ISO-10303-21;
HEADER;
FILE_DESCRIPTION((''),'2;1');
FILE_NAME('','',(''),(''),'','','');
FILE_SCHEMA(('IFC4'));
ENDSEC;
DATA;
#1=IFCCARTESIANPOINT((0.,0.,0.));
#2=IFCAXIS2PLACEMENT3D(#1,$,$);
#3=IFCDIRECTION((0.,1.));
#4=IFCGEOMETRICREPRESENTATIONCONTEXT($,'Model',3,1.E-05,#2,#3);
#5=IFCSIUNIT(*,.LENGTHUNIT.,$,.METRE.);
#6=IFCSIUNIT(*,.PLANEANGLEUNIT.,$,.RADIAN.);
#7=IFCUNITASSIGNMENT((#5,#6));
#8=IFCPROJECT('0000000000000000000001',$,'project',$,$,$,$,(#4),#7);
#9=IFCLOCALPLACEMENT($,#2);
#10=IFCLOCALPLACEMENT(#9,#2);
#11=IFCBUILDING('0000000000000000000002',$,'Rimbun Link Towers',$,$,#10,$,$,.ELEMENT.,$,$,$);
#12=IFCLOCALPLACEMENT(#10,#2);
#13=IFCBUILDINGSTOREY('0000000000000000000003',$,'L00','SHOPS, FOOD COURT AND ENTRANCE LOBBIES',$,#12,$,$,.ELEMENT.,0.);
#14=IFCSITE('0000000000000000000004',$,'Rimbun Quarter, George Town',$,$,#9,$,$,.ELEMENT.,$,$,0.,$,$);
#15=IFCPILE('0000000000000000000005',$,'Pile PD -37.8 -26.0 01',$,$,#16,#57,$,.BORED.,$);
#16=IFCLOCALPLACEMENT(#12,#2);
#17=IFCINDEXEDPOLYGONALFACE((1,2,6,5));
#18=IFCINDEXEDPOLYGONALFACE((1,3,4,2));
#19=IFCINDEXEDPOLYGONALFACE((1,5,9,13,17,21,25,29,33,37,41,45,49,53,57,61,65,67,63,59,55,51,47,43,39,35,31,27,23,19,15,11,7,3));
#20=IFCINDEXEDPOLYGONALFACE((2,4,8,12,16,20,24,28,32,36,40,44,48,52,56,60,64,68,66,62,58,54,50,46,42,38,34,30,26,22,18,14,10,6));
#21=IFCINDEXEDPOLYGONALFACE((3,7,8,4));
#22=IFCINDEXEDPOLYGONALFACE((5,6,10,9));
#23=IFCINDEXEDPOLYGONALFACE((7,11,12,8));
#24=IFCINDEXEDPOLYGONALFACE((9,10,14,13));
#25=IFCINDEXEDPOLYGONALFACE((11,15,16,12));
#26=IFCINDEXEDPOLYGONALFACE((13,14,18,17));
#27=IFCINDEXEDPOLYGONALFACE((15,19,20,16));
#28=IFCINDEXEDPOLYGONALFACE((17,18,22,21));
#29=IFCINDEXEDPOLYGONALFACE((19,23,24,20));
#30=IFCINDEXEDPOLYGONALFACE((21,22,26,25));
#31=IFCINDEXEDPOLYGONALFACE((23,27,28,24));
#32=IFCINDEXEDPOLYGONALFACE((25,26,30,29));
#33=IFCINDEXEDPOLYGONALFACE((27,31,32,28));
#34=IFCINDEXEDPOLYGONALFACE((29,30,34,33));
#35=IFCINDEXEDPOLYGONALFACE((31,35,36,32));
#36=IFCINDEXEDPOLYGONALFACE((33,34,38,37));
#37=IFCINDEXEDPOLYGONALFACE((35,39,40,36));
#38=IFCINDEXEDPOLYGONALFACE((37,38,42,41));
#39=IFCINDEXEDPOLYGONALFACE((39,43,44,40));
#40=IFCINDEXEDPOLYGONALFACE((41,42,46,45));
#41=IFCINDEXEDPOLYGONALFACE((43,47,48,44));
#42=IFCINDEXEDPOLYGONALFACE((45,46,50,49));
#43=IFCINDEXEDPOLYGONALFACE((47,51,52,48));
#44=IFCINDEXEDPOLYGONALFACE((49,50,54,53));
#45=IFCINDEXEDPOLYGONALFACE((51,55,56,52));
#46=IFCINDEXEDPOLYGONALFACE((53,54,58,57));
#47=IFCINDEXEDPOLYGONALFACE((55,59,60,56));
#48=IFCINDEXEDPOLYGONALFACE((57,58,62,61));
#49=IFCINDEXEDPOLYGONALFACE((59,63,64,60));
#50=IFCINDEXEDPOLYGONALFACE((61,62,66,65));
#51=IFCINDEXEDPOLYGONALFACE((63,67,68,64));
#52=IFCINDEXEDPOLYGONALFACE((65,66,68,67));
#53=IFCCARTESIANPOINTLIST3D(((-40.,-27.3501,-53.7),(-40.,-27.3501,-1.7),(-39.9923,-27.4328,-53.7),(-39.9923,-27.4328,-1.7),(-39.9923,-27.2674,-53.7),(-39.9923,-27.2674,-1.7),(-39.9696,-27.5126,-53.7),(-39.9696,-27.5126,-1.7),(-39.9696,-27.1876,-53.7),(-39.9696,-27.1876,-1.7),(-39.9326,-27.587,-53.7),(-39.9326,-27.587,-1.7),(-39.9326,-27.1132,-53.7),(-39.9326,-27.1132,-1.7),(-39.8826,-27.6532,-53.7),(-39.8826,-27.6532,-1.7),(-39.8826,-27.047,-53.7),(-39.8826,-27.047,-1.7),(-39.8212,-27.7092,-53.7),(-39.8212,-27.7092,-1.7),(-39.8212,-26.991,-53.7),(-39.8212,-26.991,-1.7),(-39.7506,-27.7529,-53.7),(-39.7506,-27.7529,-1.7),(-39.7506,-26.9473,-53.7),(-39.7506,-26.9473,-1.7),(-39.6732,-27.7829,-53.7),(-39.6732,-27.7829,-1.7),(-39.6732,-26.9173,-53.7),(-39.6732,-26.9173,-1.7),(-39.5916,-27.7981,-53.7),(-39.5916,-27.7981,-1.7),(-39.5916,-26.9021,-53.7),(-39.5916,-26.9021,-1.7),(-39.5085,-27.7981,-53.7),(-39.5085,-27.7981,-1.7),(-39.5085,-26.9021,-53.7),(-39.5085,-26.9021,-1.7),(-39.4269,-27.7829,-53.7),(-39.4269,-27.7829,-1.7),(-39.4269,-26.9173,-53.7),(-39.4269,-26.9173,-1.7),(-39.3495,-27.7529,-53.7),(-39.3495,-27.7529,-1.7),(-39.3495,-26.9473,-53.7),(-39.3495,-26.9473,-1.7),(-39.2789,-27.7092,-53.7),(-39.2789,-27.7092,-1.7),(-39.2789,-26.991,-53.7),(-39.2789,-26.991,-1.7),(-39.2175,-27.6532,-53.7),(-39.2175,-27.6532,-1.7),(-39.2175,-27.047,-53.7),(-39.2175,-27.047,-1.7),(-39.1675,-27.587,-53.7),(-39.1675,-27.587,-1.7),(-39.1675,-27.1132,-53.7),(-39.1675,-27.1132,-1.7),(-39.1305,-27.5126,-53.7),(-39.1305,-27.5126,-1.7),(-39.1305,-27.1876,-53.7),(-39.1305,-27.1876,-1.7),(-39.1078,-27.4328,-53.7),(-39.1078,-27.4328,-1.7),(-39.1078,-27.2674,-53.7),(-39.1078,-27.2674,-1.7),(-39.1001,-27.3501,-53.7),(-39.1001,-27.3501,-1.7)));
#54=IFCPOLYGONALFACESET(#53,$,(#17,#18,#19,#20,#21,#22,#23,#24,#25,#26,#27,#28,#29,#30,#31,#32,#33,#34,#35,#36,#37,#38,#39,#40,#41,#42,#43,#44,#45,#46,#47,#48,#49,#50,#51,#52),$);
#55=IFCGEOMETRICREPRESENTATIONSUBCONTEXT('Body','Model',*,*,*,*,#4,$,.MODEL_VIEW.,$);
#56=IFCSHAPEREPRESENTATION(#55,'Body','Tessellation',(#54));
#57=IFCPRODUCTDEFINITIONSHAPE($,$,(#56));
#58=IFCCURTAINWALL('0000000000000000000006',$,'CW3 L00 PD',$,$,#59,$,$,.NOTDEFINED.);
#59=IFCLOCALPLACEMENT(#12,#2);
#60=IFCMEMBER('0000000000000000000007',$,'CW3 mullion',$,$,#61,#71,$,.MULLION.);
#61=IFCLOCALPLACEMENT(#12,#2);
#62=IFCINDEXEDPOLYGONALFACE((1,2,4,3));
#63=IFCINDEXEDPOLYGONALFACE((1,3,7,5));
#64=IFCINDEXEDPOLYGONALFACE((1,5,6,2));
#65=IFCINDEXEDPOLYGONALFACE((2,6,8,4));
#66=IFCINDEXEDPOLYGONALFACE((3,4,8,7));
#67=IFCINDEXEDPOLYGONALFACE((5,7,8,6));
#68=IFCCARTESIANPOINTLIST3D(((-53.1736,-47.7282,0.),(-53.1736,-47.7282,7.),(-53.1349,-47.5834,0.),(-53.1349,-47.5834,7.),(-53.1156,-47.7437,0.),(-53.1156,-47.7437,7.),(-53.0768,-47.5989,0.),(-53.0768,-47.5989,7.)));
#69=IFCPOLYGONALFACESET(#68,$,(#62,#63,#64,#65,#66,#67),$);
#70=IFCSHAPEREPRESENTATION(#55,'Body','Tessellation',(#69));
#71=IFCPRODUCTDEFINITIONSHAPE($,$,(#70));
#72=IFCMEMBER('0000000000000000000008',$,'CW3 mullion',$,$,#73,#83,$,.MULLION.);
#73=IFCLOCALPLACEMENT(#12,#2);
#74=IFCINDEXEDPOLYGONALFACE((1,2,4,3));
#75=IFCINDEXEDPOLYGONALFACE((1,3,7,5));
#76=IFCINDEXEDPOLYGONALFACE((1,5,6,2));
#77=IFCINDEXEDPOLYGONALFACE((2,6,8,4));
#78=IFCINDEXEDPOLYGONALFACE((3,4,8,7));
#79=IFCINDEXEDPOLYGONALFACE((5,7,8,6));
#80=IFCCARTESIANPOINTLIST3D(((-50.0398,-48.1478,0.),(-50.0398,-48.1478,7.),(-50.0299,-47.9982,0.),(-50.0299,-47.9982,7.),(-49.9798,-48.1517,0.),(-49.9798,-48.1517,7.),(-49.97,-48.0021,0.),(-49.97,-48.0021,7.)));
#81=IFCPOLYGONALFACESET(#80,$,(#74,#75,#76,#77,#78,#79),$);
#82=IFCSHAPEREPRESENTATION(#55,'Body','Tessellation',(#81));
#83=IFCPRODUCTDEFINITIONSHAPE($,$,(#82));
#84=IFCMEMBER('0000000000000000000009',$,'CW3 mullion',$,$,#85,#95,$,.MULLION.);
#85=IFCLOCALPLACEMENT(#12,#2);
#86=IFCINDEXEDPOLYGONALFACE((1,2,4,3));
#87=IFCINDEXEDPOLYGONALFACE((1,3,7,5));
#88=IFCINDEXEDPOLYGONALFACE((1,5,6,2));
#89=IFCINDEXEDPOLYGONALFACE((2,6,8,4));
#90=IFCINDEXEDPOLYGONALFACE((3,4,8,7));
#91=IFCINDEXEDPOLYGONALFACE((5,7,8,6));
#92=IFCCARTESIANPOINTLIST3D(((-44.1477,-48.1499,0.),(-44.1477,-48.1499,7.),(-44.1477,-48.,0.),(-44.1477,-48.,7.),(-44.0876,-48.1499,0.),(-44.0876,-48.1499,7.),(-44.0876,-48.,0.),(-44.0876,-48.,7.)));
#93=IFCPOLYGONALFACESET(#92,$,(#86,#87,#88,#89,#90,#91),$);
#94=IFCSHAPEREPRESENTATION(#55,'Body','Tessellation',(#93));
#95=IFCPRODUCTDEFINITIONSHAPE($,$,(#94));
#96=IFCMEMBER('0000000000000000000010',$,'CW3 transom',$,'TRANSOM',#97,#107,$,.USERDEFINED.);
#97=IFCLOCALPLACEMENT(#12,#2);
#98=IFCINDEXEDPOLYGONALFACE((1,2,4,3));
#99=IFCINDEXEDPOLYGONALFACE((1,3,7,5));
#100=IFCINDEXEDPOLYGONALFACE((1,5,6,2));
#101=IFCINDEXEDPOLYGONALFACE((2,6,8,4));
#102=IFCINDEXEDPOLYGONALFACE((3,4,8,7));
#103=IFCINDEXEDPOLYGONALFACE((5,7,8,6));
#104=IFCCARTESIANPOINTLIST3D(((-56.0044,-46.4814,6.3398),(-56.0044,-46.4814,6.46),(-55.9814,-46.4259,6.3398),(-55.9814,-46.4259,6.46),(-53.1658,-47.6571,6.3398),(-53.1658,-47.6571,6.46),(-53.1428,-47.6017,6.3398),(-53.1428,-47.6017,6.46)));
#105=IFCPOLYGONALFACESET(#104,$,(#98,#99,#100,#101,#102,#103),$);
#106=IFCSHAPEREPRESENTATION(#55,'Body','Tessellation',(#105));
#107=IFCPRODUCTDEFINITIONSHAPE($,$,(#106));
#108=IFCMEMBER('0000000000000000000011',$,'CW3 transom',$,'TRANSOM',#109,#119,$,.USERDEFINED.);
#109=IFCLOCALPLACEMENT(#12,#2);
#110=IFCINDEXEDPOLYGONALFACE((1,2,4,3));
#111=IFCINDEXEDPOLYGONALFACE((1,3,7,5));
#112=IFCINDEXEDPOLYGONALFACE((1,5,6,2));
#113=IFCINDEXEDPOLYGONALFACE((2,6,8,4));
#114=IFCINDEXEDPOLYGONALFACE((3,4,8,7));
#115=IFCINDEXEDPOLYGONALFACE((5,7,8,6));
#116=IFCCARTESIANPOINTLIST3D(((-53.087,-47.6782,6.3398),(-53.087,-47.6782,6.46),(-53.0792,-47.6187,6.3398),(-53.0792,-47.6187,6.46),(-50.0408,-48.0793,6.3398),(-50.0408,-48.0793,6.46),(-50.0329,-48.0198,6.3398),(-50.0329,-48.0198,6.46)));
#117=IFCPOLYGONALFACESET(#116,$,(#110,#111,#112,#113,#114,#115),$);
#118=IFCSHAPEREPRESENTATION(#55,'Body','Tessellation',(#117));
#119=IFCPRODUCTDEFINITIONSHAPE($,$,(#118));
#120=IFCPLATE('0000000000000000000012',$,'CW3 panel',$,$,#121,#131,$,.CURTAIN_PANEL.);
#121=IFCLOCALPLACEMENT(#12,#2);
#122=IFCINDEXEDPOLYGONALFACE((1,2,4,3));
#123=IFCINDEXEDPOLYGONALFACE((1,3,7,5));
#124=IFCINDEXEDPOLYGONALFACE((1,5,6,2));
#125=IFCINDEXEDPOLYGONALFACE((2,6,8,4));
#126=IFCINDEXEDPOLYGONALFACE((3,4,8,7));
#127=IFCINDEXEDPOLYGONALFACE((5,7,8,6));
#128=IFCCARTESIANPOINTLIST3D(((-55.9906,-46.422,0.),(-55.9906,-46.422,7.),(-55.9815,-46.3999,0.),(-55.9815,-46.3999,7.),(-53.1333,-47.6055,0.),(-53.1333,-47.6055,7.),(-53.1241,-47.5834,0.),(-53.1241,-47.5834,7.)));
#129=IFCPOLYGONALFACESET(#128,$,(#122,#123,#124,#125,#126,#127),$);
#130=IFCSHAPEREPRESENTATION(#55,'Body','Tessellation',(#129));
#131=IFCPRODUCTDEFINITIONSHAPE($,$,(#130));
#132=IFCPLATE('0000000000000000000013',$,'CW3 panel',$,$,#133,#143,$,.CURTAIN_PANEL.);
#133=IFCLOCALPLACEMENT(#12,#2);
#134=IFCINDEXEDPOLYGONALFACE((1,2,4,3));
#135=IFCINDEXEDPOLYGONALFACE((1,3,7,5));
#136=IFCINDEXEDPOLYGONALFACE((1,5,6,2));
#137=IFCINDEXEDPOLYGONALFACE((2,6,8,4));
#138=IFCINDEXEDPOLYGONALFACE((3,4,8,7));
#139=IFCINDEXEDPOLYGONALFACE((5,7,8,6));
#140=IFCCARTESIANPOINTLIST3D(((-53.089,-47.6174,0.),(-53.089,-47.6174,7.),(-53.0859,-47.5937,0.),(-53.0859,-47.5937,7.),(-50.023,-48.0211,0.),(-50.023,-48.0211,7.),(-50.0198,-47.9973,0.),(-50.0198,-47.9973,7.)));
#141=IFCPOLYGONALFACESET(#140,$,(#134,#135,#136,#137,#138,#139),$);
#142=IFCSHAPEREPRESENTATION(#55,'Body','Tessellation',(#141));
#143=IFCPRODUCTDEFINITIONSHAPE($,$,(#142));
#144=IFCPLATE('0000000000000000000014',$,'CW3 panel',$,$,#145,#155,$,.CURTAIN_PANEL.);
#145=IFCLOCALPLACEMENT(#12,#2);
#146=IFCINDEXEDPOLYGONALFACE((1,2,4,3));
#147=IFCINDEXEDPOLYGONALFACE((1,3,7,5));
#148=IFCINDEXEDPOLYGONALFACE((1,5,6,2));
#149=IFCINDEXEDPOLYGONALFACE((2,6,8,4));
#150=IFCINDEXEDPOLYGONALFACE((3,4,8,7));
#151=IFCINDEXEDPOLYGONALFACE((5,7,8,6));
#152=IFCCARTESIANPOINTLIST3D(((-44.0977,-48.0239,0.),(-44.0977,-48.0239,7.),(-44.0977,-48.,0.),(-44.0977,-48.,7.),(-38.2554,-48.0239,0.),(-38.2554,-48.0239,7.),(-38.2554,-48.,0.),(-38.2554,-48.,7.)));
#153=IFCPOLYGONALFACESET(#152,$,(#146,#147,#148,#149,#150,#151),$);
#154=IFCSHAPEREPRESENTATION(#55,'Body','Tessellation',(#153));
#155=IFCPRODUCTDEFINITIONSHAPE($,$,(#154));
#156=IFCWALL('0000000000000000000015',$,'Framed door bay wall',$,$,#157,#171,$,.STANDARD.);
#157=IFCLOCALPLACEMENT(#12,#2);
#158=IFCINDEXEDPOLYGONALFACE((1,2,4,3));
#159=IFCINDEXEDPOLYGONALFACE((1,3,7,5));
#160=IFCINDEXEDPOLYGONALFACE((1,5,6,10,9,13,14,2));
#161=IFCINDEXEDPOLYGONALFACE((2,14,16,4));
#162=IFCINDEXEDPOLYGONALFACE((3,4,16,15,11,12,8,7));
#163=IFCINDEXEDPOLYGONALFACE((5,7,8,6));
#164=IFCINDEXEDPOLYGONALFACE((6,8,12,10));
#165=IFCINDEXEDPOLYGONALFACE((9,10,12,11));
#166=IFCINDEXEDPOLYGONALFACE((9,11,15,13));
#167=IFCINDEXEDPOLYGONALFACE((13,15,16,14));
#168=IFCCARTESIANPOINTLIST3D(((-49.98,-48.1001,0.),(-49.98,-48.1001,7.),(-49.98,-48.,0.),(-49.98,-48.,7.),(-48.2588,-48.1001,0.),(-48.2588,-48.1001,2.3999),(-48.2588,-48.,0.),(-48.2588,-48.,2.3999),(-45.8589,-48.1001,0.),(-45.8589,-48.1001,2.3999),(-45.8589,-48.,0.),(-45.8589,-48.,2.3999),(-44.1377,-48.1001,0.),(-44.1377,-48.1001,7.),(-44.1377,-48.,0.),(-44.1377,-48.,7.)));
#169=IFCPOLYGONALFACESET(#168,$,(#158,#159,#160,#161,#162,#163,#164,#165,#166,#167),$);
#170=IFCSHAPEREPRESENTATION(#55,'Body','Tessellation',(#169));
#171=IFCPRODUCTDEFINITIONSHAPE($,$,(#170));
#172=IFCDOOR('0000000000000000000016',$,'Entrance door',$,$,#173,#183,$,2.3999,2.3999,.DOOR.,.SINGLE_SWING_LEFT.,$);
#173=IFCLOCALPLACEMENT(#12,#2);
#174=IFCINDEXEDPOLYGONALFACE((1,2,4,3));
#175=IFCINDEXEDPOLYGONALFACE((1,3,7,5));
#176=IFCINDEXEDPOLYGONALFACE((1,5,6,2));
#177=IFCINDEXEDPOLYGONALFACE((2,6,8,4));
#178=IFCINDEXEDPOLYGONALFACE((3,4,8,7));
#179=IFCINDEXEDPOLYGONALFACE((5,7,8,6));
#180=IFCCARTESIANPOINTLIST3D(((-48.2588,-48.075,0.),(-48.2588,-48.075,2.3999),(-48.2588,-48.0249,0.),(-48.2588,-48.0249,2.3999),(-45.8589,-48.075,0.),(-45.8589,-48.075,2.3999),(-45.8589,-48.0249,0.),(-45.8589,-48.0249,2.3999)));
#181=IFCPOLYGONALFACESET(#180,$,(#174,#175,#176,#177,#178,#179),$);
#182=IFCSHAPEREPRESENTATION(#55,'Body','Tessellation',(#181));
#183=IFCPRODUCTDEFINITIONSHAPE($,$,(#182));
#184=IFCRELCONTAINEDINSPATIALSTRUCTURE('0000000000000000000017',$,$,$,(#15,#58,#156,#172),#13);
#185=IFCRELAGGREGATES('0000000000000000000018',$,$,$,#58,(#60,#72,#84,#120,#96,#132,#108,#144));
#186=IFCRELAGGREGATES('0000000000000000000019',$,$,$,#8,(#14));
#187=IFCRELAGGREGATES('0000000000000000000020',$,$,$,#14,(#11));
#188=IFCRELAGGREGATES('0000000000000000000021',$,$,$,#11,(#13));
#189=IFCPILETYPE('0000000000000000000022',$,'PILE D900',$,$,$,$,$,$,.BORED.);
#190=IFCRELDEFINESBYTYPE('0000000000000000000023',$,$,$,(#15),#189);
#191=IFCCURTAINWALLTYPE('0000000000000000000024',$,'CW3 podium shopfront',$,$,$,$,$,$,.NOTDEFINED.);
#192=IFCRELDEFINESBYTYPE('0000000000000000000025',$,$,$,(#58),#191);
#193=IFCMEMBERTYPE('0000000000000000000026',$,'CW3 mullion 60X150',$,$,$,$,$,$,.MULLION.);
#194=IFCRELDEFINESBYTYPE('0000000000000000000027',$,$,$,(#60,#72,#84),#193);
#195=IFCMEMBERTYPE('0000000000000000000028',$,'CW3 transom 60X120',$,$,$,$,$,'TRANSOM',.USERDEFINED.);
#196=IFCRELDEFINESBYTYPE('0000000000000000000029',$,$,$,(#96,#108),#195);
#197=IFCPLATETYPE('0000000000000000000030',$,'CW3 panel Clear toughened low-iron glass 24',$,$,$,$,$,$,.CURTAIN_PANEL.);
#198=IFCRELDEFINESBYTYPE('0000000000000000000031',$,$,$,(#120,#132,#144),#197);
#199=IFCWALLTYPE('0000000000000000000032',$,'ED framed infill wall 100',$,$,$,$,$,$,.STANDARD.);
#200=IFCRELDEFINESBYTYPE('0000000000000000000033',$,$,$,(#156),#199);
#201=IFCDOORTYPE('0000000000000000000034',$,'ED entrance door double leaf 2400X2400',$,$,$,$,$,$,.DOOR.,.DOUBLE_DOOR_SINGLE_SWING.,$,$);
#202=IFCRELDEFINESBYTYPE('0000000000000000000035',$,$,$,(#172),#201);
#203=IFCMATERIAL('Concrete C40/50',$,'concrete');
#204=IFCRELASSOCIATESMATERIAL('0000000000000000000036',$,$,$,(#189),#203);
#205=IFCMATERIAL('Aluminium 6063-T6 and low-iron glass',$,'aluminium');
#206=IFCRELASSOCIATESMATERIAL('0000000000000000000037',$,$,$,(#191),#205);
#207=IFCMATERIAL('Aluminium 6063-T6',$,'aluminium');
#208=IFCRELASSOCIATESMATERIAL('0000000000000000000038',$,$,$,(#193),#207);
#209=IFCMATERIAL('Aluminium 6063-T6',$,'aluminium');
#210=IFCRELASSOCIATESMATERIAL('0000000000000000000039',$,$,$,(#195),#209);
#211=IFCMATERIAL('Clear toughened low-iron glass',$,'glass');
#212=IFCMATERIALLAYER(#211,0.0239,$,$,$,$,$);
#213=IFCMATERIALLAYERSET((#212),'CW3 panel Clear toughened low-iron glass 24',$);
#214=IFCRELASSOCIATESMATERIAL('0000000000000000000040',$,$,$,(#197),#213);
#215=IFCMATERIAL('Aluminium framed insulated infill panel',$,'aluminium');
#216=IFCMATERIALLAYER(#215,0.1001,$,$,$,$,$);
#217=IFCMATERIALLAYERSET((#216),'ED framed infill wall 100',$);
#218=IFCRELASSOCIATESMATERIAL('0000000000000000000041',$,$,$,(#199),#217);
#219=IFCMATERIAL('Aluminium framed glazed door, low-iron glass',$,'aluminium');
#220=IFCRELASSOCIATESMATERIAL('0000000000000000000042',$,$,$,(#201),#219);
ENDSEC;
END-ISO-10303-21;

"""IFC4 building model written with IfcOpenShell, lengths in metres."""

from ifc_helpers import new_model, si_unit, direction, frame, frame_2d, origin, origin_2d, place, context, subcontext, project, spatial, rectangle, circle, extrude, material, layer, layer_set, material_profile, profile_set, type_object, element, fill, aggregate, save


model = new_model("IFC4")

# Units and contexts
model_context = context("Model", 3, precision=1e-05, world=origin(), true_north=direction((0.0, 1.0)))
body_context = subcontext(model_context, "Body", "Model", "MODEL_VIEW")
ifc_project = project(units=[si_unit("LENGTHUNIT", "METRE"), si_unit("PLANEANGLEUNIT", "RADIAN")], contexts=[model_context])

# Site, building, storey
site_placement = place(None, origin())
site = spatial("IfcSite", under=ifc_project, at=site_placement, Name="Rimbun Quarter, George Town", CompositionType="ELEMENT", RefElevation=0.0)
building_placement = place(site_placement, origin())
building = spatial("IfcBuilding", under=site, at=building_placement, Name="Rimbun Link Towers", CompositionType="ELEMENT")
storey_placement = place(building_placement, origin())
storey = spatial("IfcBuildingStorey", under=building, at=storey_placement, Name="L00", Description="SHOPS, FOOD COURT AND ENTRANCE LOBBIES", CompositionType="ELEMENT", Elevation=0.0)

# Pile
ifc_material_1 = material(Name="Concrete C40/50", Category="concrete")
ifc_material_profile_1 = material_profile(ifc_material_1, circle(Radius=0.45, at=origin_2d()), Name="PILE D900")
ifc_profile_set_1 = profile_set([ifc_material_profile_1], Name="Concrete C40/50")
pile_type = type_object("IfcPileType", Name="PILE D900", PredefinedType="BORED", material=ifc_profile_set_1)
for number, where, z_axis, x_axis, name in (
    (1, (-39.55, -27.3501, -1.7), (0.0, 0.0, -1.0), (1.0, 0.0, 0.0), "Pile PD -37.8 -26.0 01"),
):
    element("IfcPile", number, at=place(storey_placement, frame(where, z_axis=z_axis, x_axis=x_axis)), inside=storey, type_object=pile_type, Name=name, PredefinedType="BORED", context=body_context, shape_type="SweptSolid", body=[
        extrude(circle(Radius=0.45, at=origin_2d()), origin(), (0.0, 0.0, 1.0), 52.0),
    ])

# Curtain wall, members, plates
ifc_material_2 = material(Name="Aluminium 6063-T6 and low-iron glass", Category="aluminium")
curtain_wall_type = type_object("IfcCurtainWallType", Name="CW3 podium shopfront", PredefinedType="NOTDEFINED", material=ifc_material_2)
curtain_wall_placement = place(storey_placement, origin())
curtain_wall = element("IfcCurtainWall", 2, at=curtain_wall_placement, inside=storey, type_object=curtain_wall_type, Name="CW3 L00 PD", PredefinedType="NOTDEFINED")
ifc_material_3 = material(Name="Aluminium 6063-T6", Category="aluminium")
ifc_material_profile_2 = material_profile(ifc_material_3, rectangle(XDim=0.1499, YDim=0.0601, at=origin_2d()), Name="MULLION 60X150")
ifc_profile_set_2 = profile_set([ifc_material_profile_2], Name="Aluminium 6063-T6")
member_type_1 = type_object("IfcMemberType", Name="CW3 mullion 60X150", PredefinedType="MULLION", material=ifc_profile_set_2)
member_1_placement = place(storey_placement, frame((-53.1252, -47.6636, 0.0), z_axis=(0.0, 0.0, 1.0), x_axis=(-0.258819, -0.965926, 0.0)))
member_1 = element("IfcMember", 3, at=member_1_placement, type_object=member_type_1, Name="CW3 mullion", PredefinedType="MULLION", context=body_context, shape_type="SweptSolid", body=[
    extrude(rectangle(XDim=0.1499, YDim=0.0601, at=origin_2d()), origin(), (0.0, 0.0, 1.0), 7.0),
])
member_2_placement = place(storey_placement, frame((-50.0049, -48.075, 0.0), z_axis=(0.0, 0.0, 1.0), x_axis=(-0.065405, -0.997859, 0.0)))
member_2 = element("IfcMember", 4, at=member_2_placement, type_object=member_type_1, Name="CW3 mullion", PredefinedType="MULLION", context=body_context, shape_type="SweptSolid", body=[
    extrude(rectangle(XDim=0.1499, YDim=0.0601, at=origin_2d()), origin(), (0.0, 0.0, 1.0), 7.0),
])
member_3_placement = place(storey_placement, frame((-44.1177, -48.075, 0.0), z_axis=(0.0, 0.0, 1.0), x_axis=(0.0, -1.0, 0.0)))
member_3 = element("IfcMember", 5, at=member_3_placement, type_object=member_type_1, Name="CW3 mullion", PredefinedType="MULLION", context=body_context, shape_type="SweptSolid", body=[
    extrude(rectangle(XDim=0.1499, YDim=0.0601, at=origin_2d()), origin(), (0.0, 0.0, 1.0), 7.0),
])
ifc_material_4 = material(Name="Aluminium 6063-T6", Category="aluminium")
ifc_material_profile_3 = material_profile(ifc_material_4, rectangle(XDim=0.0601, YDim=0.1201, at=origin_2d()), Name="TRANSOM 60X120")
ifc_profile_set_3 = profile_set([ifc_material_profile_3], Name="Aluminium 6063-T6")
member_type_2 = type_object("IfcMemberType", Name="CW3 transom 60X120", ElementType="TRANSOM", PredefinedType="USERDEFINED", material=ifc_profile_set_3)
member_4_placement = place(storey_placement, frame((-53.1543, -47.6294, 6.3999), z_axis=(-0.923881, 0.382679, 0.0), x_axis=(-0.382679, -0.923881, 0.0)))
member_4 = element("IfcMember", 6, at=member_4_placement, type_object=member_type_2, Name="CW3 transom", ObjectType="TRANSOM", PredefinedType="USERDEFINED", context=body_context, shape_type="SweptSolid", body=[
    extrude(rectangle(XDim=0.0601, YDim=0.1201, at=origin_2d()), origin(), (0.0, 0.0, 1.0), 3.0725),
])
member_5_placement = place(storey_placement, frame((-50.0369, -48.0496, 6.3999), z_axis=(-0.991441, 0.130555, 0.0), x_axis=(-0.130555, -0.991441, 0.0)))
member_5 = element("IfcMember", 7, at=member_5_placement, type_object=member_type_2, Name="CW3 transom", ObjectType="TRANSOM", PredefinedType="USERDEFINED", context=body_context, shape_type="SweptSolid", body=[
    extrude(rectangle(XDim=0.0601, YDim=0.1201, at=origin_2d()), origin(), (0.0, 0.0, 1.0), 3.0725),
])
ifc_material_5 = material(Name="Clear toughened low-iron glass", Category="glass")
ifc_layer_1 = layer(ifc_material_5, 0.0239)
ifc_layer_set_1 = layer_set([ifc_layer_1], Name="CW3 panel Clear toughened low-iron glass 24")
plate_type = type_object("IfcPlateType", Name="CW3 panel Clear toughened low-iron glass 24", PredefinedType="CURTAIN_PANEL", material=ifc_layer_set_1)
plate_1_placement = place(storey_placement, frame((-54.5574, -47.0027, 0.0), z_axis=(0.0, 0.0, 1.0), x_axis=(-0.923881, 0.382679, 0.0)))
plate_1 = element("IfcPlate", 8, at=plate_1_placement, type_object=plate_type, Name="CW3 panel", PredefinedType="CURTAIN_PANEL", context=body_context, shape_type="SweptSolid", body=[
    extrude(rectangle(XDim=3.0928, YDim=0.0239, at=origin_2d()), origin(), (0.0, 0.0, 1.0), 7.0),
])
plate_2_placement = place(storey_placement, frame((-51.5544, -47.8074, 0.0), z_axis=(0.0, 0.0, 1.0), x_axis=(-0.991444, 0.13053, 0.0)))
plate_2 = element("IfcPlate", 9, at=plate_2_placement, type_object=plate_type, Name="CW3 panel", PredefinedType="CURTAIN_PANEL", context=body_context, shape_type="SweptSolid", body=[
    extrude(rectangle(XDim=3.0925, YDim=0.0239, at=origin_2d()), origin(), (0.0, 0.0, 1.0), 7.0),
])
plate_3_placement = place(storey_placement, frame((-41.1765, -48.012, 0.0), z_axis=(0.0, 0.0, 1.0), x_axis=(-1.0, 0.0, 0.0)))
plate_3 = element("IfcPlate", 10, at=plate_3_placement, type_object=plate_type, Name="CW3 panel", PredefinedType="CURTAIN_PANEL", context=body_context, shape_type="SweptSolid", body=[
    extrude(rectangle(XDim=5.8423, YDim=0.0239, at=origin_2d()), origin(), (0.0, 0.0, 1.0), 7.0),
])
aggregate(curtain_wall, [member_1, member_2, member_3, plate_1, member_4, plate_2, member_5, plate_3])

# Wall, opening, door
ifc_material_6 = material(Name="Aluminium framed insulated infill panel", Category="aluminium")
ifc_layer_2 = layer(ifc_material_6, 0.1001)
ifc_layer_set_2 = layer_set([ifc_layer_2], Name="ED framed infill wall 100")
wall_type_1 = type_object("IfcWallType", Name="ED framed infill wall 100", PredefinedType="STANDARD", material=ifc_layer_set_2)
wall_1_placement = place(storey_placement, frame((-44.1377, -48.05, 0.0), z_axis=(0.0, 0.0, 1.0), x_axis=(-1.0, 0.0, 0.0)))
wall_1 = element("IfcWall", 11, at=wall_1_placement, inside=storey, type_object=wall_type_1, Name="Framed door bay wall", PredefinedType="STANDARD", context=body_context, shape_type="SweptSolid", body=[
    extrude(rectangle(XDim=5.8423, YDim=0.1001, at=frame_2d((2.9211, 0.0))), origin(), (0.0, 0.0, 1.0), 7.0),
])
opening_1_placement = place(wall_1_placement, frame((1.7212, 0.0, 0.0)))
opening_1 = element("IfcOpeningElement", 12, at=opening_1_placement, cuts=wall_1, PredefinedType="OPENING", context=body_context, shape_type="SweptSolid", body=[
    extrude(rectangle(XDim=2.3999, YDim=2.3999, at=frame_2d((1.2, 1.2))), frame((0.0, 0.0601, 0.0), z_axis=(0.0, -1.0, 0.0), x_axis=(1.0, 0.0, 0.0)), (0.0, 0.0, 1.0), 0.1201),
])
ifc_material_7 = material(Name="Aluminium framed glazed door, low-iron glass", Category="aluminium")
door_type_1 = type_object("IfcDoorType", Name="ED entrance door double leaf 2400X2400", OperationType="DOUBLE_DOOR_SINGLE_SWING", PredefinedType="DOOR", material=ifc_material_7)
door_1_placement = place(opening_1_placement, origin())
door_1 = element("IfcDoor", 13, at=door_1_placement, inside=storey, type_object=door_type_1, Name="Entrance door", OperationType="SINGLE_SWING_LEFT", OverallHeight=2.3999, OverallWidth=2.3999, PredefinedType="DOOR", context=body_context, shape_type="SweptSolid", body=[
    extrude(rectangle(XDim=2.3999, YDim=2.3999, at=frame_2d((1.2, 1.2))), frame((0.0, 0.0249, 0.0), z_axis=(0.0, -1.0, 0.0), x_axis=(1.0, 0.0, 0.0)), (0.0, 0.0, 1.0), 0.05),
])
fill(opening_1, door_1)

save(model, "model.ifc")
